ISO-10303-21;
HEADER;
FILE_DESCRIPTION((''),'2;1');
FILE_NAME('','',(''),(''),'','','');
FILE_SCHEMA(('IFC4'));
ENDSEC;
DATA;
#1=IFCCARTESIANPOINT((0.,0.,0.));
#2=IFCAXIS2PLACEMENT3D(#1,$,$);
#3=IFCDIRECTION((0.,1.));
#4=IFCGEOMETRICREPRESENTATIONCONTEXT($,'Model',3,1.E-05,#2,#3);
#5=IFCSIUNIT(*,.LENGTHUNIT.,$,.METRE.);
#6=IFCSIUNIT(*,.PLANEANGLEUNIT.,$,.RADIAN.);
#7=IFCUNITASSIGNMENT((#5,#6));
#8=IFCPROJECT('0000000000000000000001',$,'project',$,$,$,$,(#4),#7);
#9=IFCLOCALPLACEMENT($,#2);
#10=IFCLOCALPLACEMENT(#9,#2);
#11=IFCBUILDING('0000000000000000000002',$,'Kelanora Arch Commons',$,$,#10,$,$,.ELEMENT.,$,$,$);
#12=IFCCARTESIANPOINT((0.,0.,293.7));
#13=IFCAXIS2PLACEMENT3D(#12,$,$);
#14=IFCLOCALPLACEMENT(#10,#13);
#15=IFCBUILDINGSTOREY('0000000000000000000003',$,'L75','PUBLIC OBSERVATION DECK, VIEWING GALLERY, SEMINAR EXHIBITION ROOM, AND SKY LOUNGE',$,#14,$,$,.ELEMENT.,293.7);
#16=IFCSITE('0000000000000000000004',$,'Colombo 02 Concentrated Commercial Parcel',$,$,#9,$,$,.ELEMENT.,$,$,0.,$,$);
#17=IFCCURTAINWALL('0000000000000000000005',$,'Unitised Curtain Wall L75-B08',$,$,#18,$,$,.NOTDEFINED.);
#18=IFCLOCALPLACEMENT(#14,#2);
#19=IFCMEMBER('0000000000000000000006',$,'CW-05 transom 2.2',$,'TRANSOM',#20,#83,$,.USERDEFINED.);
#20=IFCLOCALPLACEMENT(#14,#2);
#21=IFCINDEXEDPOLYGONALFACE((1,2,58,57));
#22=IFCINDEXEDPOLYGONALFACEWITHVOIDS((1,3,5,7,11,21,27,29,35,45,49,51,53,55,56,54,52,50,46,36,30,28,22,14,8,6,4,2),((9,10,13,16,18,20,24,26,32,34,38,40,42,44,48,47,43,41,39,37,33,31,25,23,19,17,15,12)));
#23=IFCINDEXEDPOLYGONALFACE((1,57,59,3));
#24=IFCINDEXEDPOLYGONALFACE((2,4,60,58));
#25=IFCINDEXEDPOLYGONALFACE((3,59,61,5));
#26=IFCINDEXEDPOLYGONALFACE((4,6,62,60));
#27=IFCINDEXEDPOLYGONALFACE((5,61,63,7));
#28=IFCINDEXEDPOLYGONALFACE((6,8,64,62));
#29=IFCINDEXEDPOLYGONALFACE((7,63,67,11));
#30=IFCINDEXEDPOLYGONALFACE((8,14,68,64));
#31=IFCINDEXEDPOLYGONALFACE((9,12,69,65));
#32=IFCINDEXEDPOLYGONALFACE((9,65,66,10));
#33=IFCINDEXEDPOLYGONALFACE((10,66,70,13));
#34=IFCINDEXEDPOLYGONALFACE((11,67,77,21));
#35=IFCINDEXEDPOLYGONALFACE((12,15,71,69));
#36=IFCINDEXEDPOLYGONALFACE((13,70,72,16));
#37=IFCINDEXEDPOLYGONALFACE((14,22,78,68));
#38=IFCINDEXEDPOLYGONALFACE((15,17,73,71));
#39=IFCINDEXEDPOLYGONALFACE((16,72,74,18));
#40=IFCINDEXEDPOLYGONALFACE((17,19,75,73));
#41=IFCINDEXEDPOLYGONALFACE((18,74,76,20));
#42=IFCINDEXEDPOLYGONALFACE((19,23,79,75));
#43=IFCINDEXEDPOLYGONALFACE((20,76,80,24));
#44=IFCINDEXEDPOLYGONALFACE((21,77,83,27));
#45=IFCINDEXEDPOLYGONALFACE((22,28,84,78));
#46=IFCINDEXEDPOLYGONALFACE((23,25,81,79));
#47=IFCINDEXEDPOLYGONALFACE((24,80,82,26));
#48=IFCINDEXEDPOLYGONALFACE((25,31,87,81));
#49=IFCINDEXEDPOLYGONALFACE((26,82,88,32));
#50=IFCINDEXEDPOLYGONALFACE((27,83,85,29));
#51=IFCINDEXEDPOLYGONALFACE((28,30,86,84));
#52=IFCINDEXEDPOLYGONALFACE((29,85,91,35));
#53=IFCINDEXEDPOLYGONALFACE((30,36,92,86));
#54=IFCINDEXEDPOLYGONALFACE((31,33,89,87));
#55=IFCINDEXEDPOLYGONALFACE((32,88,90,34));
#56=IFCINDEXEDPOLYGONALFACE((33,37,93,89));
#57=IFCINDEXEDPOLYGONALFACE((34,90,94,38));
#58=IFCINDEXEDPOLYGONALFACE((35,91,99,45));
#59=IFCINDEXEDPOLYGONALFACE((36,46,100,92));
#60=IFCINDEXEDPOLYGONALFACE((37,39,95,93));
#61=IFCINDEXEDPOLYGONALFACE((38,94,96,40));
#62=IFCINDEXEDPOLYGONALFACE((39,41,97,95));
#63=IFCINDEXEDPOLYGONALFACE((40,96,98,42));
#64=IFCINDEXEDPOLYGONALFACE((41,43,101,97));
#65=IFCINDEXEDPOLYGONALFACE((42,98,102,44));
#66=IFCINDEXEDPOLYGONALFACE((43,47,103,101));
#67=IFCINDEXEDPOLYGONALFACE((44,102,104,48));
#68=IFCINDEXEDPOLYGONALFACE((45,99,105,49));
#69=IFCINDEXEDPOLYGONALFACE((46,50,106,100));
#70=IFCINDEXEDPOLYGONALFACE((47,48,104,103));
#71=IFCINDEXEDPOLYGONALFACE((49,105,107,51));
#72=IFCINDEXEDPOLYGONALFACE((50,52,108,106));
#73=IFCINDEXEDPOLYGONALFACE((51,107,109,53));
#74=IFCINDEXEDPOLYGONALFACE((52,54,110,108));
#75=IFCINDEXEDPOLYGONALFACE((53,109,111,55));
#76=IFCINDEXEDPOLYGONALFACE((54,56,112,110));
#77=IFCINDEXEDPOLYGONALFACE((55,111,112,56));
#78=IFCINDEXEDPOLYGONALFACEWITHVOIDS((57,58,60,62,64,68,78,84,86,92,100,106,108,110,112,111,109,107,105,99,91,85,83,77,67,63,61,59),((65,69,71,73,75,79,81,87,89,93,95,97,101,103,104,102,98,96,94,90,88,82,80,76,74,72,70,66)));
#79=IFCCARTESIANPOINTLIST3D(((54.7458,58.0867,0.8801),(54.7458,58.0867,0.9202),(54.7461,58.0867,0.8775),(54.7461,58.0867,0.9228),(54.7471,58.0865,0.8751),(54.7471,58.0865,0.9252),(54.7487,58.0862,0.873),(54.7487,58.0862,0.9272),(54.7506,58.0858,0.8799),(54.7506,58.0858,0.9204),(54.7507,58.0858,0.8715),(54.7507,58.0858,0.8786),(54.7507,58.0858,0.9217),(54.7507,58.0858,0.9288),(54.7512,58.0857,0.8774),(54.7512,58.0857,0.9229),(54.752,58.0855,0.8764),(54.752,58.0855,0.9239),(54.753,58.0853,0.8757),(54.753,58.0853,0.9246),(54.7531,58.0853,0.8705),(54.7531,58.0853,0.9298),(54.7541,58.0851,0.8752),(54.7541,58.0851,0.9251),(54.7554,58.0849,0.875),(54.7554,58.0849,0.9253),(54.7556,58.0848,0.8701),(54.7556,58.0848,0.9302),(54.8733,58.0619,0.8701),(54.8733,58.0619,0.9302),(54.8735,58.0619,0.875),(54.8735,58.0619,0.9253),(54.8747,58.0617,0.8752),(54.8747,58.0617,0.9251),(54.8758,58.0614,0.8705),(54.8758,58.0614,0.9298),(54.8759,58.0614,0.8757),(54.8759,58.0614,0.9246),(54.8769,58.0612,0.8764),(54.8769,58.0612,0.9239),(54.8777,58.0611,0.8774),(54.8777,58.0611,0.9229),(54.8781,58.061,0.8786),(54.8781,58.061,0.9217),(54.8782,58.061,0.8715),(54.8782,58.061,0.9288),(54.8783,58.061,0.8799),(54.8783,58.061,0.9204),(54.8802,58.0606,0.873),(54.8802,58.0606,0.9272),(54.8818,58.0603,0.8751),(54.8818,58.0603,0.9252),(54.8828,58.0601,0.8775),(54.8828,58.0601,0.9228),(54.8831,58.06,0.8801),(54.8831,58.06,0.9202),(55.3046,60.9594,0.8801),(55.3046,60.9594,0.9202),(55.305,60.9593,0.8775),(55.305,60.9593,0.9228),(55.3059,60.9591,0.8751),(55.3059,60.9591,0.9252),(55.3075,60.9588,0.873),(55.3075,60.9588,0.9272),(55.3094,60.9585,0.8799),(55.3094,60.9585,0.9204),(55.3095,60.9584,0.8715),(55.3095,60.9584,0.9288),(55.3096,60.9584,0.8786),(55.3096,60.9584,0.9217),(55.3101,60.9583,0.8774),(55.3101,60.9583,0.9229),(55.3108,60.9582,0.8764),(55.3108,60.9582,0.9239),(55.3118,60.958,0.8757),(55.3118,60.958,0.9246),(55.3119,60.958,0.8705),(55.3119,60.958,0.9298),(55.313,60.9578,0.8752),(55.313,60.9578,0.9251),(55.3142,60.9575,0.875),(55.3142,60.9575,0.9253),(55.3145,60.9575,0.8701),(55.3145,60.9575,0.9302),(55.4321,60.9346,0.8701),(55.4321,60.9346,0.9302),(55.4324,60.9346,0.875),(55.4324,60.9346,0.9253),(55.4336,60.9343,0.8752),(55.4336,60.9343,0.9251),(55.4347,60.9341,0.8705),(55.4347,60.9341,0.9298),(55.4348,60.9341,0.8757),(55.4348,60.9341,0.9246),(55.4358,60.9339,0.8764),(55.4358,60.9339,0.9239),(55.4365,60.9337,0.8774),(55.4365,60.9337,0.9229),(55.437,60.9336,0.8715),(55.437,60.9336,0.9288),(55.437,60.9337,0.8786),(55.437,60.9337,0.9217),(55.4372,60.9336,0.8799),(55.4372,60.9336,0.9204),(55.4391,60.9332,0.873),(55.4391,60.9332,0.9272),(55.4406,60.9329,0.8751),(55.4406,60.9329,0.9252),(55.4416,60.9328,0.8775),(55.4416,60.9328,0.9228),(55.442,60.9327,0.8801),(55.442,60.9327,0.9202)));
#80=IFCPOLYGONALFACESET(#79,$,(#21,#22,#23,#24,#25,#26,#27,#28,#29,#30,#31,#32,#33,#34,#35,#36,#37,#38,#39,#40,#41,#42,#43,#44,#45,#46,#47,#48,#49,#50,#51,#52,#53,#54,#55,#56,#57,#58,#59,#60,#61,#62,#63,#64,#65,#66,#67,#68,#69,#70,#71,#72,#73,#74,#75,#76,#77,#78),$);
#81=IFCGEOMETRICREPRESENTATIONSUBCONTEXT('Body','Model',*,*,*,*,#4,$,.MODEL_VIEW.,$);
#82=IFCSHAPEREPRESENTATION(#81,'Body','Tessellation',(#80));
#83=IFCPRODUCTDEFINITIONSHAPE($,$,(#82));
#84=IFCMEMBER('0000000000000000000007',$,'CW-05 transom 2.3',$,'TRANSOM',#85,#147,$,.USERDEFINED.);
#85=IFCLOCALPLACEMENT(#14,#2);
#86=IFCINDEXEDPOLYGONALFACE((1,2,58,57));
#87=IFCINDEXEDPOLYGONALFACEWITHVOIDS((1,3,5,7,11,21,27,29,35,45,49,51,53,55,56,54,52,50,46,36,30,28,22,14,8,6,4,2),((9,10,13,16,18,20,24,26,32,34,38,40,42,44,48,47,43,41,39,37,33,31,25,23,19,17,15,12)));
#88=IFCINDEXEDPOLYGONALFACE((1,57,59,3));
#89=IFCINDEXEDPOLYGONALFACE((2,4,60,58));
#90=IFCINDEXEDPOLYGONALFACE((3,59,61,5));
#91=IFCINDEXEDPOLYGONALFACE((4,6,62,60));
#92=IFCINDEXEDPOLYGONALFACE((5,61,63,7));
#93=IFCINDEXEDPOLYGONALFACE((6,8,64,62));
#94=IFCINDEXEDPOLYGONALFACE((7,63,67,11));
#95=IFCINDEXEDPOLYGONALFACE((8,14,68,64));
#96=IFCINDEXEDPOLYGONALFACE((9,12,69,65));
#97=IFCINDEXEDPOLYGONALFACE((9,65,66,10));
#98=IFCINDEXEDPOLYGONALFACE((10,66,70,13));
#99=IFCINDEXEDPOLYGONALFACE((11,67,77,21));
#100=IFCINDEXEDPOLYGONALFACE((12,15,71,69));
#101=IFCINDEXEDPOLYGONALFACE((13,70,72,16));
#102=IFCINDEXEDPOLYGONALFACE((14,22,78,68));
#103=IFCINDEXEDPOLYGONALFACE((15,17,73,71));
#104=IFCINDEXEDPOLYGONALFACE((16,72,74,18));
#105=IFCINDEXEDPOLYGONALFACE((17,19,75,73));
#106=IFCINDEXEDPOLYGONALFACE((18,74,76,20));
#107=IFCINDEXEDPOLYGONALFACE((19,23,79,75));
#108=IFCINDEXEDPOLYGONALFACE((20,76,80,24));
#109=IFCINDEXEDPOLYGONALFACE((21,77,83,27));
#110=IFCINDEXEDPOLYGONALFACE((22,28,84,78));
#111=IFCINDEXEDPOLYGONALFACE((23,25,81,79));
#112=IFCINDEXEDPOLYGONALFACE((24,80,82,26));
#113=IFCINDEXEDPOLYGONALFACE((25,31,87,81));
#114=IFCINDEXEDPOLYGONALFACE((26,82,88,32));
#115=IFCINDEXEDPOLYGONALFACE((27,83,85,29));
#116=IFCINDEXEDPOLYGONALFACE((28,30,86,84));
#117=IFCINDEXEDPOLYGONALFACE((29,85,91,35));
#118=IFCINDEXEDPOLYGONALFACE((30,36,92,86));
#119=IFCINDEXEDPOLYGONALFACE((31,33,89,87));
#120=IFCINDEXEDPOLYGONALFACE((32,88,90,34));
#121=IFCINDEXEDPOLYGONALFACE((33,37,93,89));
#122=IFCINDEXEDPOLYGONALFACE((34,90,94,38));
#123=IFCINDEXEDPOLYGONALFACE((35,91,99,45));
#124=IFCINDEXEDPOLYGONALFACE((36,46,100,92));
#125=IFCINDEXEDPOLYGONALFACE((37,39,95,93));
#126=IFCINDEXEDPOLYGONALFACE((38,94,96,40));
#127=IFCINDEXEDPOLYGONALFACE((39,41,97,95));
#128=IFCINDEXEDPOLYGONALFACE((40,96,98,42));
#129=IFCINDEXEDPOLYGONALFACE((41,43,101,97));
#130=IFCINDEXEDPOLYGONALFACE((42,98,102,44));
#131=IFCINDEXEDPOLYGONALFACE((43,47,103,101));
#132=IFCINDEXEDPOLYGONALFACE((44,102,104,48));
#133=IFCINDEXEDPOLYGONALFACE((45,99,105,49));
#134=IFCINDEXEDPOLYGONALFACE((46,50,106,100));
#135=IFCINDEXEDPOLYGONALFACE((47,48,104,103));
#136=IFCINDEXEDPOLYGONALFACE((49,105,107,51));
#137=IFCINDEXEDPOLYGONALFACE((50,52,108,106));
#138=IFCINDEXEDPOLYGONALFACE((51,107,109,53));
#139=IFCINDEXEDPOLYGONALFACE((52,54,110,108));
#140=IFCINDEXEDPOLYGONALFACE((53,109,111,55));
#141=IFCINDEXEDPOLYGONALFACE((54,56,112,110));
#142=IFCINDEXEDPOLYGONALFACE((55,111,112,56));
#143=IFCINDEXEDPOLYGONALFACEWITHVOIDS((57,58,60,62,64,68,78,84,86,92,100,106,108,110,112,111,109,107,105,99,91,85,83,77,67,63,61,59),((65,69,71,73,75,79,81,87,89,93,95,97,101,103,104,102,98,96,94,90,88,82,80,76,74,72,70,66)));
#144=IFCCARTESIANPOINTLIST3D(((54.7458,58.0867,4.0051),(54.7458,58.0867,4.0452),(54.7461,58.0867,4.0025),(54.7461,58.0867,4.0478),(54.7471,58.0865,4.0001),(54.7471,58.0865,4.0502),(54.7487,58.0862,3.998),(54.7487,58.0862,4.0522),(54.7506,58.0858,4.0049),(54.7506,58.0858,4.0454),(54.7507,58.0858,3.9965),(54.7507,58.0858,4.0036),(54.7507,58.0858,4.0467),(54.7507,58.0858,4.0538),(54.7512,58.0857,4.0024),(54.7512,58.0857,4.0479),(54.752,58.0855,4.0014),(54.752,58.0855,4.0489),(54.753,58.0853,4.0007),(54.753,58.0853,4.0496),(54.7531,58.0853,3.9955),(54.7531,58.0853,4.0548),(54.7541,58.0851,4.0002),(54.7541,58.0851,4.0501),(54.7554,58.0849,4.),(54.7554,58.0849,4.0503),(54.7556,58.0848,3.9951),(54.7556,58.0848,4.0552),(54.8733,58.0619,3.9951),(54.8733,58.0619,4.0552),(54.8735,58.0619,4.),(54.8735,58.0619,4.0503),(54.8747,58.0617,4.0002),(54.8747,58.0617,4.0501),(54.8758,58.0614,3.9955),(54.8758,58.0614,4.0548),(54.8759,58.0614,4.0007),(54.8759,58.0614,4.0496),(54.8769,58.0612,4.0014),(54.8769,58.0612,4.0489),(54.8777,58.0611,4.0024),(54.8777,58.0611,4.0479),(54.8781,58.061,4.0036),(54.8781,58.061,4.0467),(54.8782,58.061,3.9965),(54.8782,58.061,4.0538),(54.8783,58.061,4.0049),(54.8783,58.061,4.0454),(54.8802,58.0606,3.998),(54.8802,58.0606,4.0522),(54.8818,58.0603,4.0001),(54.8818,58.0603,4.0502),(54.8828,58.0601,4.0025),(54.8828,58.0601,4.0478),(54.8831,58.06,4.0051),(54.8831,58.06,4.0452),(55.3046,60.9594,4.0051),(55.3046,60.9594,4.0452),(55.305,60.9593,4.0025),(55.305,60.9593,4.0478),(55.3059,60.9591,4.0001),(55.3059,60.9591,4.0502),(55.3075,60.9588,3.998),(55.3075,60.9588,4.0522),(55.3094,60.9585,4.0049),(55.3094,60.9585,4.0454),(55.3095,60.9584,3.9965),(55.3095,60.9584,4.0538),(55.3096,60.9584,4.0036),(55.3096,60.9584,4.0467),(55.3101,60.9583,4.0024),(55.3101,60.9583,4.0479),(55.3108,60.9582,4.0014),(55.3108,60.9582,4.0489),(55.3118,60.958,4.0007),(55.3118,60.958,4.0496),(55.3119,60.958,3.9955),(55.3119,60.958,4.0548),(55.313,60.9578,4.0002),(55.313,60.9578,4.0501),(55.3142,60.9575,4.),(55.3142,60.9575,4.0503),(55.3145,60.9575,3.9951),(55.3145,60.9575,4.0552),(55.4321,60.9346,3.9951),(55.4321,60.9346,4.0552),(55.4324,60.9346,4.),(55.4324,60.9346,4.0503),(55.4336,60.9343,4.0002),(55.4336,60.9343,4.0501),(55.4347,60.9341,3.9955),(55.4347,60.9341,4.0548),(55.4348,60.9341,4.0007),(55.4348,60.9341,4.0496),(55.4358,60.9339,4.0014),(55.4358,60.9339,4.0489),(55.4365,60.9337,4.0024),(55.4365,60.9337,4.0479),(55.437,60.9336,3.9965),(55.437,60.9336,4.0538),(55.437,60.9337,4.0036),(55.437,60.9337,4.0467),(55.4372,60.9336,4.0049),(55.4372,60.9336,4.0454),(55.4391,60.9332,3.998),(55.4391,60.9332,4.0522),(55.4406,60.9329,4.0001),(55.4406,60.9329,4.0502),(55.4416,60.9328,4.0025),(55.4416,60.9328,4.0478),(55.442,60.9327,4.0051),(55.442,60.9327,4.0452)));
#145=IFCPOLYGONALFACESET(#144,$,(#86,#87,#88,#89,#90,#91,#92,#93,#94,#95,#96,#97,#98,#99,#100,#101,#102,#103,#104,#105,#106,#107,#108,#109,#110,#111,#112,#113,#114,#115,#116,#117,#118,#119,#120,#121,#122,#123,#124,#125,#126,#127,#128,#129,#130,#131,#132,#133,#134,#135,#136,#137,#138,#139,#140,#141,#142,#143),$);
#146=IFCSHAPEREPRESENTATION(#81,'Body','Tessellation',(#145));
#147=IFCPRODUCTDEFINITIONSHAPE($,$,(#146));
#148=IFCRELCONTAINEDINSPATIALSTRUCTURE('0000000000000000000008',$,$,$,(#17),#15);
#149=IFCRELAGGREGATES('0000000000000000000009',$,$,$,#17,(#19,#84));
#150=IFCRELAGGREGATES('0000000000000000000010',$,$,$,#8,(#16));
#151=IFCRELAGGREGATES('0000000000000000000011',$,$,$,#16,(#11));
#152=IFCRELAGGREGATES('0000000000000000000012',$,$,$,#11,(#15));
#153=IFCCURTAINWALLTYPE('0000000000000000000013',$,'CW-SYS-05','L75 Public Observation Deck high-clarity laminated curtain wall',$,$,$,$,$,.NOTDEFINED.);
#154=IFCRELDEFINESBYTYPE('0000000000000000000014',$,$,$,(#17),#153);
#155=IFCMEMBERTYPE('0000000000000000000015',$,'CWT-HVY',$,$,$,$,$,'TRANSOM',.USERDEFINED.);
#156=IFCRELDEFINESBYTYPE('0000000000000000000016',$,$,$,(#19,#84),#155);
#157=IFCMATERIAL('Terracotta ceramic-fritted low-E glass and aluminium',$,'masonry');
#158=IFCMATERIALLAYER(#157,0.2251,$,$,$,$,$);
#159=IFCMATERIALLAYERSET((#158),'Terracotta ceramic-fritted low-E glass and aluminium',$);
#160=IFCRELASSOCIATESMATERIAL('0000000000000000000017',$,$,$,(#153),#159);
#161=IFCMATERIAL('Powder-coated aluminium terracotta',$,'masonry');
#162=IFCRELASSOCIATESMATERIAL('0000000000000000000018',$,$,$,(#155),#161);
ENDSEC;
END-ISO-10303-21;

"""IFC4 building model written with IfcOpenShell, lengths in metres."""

from ifc_helpers import new_model, si_unit, direction, frame, origin, origin_2d, place, context, subcontext, project, spatial, hollow_rectangle, extrude, material, layer, layer_set, material_profile, profile_set, type_object, element, aggregate, save


model = new_model("IFC4")

# Units and contexts
model_context = context("Model", 3, precision=1e-05, world=origin(), true_north=direction((0.0, 1.0)))
body_context = subcontext(model_context, "Body", "Model", "MODEL_VIEW")
ifc_project = project(units=[si_unit("LENGTHUNIT", "METRE"), si_unit("PLANEANGLEUNIT", "RADIAN")], contexts=[model_context])

# Site, building, storey
site_placement = place(None, origin())
site = spatial("IfcSite", under=ifc_project, at=site_placement, Name="Colombo 02 Concentrated Commercial Parcel", CompositionType="ELEMENT", RefElevation=0.0)
building_placement = place(site_placement, origin())
building = spatial("IfcBuilding", under=site, at=building_placement, Name="Kelanora Arch Commons", CompositionType="ELEMENT")
storey_placement = place(building_placement, frame((0.0, 0.0, 293.7)))
storey = spatial("IfcBuildingStorey", under=building, at=storey_placement, Name="L75", Description="PUBLIC OBSERVATION DECK, VIEWING GALLERY, SEMINAR EXHIBITION ROOM, AND SKY LOUNGE", CompositionType="ELEMENT", Elevation=293.7)

# Shared definitions
ifc_material_1 = material(Name="Terracotta ceramic-fritted low-E glass and aluminium", Category="masonry")
ifc_layer_1 = layer(ifc_material_1, 0.2251)
ifc_layer_set_1 = layer_set([ifc_layer_1], Name="Terracotta ceramic-fritted low-E glass and aluminium")
curtain_wall_type = type_object("IfcCurtainWallType", Name="CW-SYS-05", Description="L75 Public Observation Deck high-clarity laminated curtain wall", PredefinedType="NOTDEFINED", material=ifc_layer_set_1)
ifc_material_2 = material(Name="Powder-coated aluminium terracotta", Category="masonry")

# Curtain wall
curtain_wall_1_placement = place(storey_placement, origin())
curtain_wall_1 = element("IfcCurtainWall", 1, at=curtain_wall_1_placement, inside=storey, type_object=curtain_wall_type, Name="Unitised Curtain Wall L75-B08", PredefinedType="NOTDEFINED")

# Members
ifc_material_profile_1 = material_profile(ifc_material_2, hollow_rectangle(XDim=0.1399, YDim=0.0601, WallThickness=0.0049, InnerFilletRadius=0.0049, OuterFilletRadius=0.01, at=origin_2d()), Name="CWT140x60")
ifc_profile_set_1 = profile_set([ifc_material_profile_1], Name="Powder-coated aluminium terracotta")
member_type_1 = type_object("IfcMemberType", Name="CWT-HVY", ElementType="TRANSOM", PredefinedType="USERDEFINED", material=ifc_profile_set_1)
member_1_placement = place(storey_placement, frame((55.3733, 60.946, 0.9001), z_axis=(-0.190963, -0.981597, 0.0), x_axis=(0.981597, -0.190963, 0.0)))
member_1 = element("IfcMember", 2, at=member_1_placement, type_object=member_type_1, Name="CW-05 transom 2.2", ObjectType="TRANSOM", PredefinedType="USERDEFINED", context=body_context, shape_type="SweptSolid", body=[
    extrude(hollow_rectangle(XDim=0.1399, YDim=0.0601, WallThickness=0.0049, InnerFilletRadius=0.0049, OuterFilletRadius=0.01, at=origin_2d()), origin(), (0.0, 0.0, 1.0), 2.9265),
])
member_2_placement = place(storey_placement, frame((55.3733, 60.946, 4.0251), z_axis=(-0.190963, -0.981597, 0.0), x_axis=(0.981597, -0.190963, 0.0)))
member_2 = element("IfcMember", 3, at=member_2_placement, type_object=member_type_1, Name="CW-05 transom 2.3", ObjectType="TRANSOM", PredefinedType="USERDEFINED", context=body_context, shape_type="SweptSolid", body=[
    extrude(hollow_rectangle(XDim=0.1399, YDim=0.0601, WallThickness=0.0049, InnerFilletRadius=0.0049, OuterFilletRadius=0.01, at=origin_2d()), origin(), (0.0, 0.0, 1.0), 2.9265),
])

aggregate(curtain_wall_1, [member_1, member_2])

save(model, "model.ifc")
